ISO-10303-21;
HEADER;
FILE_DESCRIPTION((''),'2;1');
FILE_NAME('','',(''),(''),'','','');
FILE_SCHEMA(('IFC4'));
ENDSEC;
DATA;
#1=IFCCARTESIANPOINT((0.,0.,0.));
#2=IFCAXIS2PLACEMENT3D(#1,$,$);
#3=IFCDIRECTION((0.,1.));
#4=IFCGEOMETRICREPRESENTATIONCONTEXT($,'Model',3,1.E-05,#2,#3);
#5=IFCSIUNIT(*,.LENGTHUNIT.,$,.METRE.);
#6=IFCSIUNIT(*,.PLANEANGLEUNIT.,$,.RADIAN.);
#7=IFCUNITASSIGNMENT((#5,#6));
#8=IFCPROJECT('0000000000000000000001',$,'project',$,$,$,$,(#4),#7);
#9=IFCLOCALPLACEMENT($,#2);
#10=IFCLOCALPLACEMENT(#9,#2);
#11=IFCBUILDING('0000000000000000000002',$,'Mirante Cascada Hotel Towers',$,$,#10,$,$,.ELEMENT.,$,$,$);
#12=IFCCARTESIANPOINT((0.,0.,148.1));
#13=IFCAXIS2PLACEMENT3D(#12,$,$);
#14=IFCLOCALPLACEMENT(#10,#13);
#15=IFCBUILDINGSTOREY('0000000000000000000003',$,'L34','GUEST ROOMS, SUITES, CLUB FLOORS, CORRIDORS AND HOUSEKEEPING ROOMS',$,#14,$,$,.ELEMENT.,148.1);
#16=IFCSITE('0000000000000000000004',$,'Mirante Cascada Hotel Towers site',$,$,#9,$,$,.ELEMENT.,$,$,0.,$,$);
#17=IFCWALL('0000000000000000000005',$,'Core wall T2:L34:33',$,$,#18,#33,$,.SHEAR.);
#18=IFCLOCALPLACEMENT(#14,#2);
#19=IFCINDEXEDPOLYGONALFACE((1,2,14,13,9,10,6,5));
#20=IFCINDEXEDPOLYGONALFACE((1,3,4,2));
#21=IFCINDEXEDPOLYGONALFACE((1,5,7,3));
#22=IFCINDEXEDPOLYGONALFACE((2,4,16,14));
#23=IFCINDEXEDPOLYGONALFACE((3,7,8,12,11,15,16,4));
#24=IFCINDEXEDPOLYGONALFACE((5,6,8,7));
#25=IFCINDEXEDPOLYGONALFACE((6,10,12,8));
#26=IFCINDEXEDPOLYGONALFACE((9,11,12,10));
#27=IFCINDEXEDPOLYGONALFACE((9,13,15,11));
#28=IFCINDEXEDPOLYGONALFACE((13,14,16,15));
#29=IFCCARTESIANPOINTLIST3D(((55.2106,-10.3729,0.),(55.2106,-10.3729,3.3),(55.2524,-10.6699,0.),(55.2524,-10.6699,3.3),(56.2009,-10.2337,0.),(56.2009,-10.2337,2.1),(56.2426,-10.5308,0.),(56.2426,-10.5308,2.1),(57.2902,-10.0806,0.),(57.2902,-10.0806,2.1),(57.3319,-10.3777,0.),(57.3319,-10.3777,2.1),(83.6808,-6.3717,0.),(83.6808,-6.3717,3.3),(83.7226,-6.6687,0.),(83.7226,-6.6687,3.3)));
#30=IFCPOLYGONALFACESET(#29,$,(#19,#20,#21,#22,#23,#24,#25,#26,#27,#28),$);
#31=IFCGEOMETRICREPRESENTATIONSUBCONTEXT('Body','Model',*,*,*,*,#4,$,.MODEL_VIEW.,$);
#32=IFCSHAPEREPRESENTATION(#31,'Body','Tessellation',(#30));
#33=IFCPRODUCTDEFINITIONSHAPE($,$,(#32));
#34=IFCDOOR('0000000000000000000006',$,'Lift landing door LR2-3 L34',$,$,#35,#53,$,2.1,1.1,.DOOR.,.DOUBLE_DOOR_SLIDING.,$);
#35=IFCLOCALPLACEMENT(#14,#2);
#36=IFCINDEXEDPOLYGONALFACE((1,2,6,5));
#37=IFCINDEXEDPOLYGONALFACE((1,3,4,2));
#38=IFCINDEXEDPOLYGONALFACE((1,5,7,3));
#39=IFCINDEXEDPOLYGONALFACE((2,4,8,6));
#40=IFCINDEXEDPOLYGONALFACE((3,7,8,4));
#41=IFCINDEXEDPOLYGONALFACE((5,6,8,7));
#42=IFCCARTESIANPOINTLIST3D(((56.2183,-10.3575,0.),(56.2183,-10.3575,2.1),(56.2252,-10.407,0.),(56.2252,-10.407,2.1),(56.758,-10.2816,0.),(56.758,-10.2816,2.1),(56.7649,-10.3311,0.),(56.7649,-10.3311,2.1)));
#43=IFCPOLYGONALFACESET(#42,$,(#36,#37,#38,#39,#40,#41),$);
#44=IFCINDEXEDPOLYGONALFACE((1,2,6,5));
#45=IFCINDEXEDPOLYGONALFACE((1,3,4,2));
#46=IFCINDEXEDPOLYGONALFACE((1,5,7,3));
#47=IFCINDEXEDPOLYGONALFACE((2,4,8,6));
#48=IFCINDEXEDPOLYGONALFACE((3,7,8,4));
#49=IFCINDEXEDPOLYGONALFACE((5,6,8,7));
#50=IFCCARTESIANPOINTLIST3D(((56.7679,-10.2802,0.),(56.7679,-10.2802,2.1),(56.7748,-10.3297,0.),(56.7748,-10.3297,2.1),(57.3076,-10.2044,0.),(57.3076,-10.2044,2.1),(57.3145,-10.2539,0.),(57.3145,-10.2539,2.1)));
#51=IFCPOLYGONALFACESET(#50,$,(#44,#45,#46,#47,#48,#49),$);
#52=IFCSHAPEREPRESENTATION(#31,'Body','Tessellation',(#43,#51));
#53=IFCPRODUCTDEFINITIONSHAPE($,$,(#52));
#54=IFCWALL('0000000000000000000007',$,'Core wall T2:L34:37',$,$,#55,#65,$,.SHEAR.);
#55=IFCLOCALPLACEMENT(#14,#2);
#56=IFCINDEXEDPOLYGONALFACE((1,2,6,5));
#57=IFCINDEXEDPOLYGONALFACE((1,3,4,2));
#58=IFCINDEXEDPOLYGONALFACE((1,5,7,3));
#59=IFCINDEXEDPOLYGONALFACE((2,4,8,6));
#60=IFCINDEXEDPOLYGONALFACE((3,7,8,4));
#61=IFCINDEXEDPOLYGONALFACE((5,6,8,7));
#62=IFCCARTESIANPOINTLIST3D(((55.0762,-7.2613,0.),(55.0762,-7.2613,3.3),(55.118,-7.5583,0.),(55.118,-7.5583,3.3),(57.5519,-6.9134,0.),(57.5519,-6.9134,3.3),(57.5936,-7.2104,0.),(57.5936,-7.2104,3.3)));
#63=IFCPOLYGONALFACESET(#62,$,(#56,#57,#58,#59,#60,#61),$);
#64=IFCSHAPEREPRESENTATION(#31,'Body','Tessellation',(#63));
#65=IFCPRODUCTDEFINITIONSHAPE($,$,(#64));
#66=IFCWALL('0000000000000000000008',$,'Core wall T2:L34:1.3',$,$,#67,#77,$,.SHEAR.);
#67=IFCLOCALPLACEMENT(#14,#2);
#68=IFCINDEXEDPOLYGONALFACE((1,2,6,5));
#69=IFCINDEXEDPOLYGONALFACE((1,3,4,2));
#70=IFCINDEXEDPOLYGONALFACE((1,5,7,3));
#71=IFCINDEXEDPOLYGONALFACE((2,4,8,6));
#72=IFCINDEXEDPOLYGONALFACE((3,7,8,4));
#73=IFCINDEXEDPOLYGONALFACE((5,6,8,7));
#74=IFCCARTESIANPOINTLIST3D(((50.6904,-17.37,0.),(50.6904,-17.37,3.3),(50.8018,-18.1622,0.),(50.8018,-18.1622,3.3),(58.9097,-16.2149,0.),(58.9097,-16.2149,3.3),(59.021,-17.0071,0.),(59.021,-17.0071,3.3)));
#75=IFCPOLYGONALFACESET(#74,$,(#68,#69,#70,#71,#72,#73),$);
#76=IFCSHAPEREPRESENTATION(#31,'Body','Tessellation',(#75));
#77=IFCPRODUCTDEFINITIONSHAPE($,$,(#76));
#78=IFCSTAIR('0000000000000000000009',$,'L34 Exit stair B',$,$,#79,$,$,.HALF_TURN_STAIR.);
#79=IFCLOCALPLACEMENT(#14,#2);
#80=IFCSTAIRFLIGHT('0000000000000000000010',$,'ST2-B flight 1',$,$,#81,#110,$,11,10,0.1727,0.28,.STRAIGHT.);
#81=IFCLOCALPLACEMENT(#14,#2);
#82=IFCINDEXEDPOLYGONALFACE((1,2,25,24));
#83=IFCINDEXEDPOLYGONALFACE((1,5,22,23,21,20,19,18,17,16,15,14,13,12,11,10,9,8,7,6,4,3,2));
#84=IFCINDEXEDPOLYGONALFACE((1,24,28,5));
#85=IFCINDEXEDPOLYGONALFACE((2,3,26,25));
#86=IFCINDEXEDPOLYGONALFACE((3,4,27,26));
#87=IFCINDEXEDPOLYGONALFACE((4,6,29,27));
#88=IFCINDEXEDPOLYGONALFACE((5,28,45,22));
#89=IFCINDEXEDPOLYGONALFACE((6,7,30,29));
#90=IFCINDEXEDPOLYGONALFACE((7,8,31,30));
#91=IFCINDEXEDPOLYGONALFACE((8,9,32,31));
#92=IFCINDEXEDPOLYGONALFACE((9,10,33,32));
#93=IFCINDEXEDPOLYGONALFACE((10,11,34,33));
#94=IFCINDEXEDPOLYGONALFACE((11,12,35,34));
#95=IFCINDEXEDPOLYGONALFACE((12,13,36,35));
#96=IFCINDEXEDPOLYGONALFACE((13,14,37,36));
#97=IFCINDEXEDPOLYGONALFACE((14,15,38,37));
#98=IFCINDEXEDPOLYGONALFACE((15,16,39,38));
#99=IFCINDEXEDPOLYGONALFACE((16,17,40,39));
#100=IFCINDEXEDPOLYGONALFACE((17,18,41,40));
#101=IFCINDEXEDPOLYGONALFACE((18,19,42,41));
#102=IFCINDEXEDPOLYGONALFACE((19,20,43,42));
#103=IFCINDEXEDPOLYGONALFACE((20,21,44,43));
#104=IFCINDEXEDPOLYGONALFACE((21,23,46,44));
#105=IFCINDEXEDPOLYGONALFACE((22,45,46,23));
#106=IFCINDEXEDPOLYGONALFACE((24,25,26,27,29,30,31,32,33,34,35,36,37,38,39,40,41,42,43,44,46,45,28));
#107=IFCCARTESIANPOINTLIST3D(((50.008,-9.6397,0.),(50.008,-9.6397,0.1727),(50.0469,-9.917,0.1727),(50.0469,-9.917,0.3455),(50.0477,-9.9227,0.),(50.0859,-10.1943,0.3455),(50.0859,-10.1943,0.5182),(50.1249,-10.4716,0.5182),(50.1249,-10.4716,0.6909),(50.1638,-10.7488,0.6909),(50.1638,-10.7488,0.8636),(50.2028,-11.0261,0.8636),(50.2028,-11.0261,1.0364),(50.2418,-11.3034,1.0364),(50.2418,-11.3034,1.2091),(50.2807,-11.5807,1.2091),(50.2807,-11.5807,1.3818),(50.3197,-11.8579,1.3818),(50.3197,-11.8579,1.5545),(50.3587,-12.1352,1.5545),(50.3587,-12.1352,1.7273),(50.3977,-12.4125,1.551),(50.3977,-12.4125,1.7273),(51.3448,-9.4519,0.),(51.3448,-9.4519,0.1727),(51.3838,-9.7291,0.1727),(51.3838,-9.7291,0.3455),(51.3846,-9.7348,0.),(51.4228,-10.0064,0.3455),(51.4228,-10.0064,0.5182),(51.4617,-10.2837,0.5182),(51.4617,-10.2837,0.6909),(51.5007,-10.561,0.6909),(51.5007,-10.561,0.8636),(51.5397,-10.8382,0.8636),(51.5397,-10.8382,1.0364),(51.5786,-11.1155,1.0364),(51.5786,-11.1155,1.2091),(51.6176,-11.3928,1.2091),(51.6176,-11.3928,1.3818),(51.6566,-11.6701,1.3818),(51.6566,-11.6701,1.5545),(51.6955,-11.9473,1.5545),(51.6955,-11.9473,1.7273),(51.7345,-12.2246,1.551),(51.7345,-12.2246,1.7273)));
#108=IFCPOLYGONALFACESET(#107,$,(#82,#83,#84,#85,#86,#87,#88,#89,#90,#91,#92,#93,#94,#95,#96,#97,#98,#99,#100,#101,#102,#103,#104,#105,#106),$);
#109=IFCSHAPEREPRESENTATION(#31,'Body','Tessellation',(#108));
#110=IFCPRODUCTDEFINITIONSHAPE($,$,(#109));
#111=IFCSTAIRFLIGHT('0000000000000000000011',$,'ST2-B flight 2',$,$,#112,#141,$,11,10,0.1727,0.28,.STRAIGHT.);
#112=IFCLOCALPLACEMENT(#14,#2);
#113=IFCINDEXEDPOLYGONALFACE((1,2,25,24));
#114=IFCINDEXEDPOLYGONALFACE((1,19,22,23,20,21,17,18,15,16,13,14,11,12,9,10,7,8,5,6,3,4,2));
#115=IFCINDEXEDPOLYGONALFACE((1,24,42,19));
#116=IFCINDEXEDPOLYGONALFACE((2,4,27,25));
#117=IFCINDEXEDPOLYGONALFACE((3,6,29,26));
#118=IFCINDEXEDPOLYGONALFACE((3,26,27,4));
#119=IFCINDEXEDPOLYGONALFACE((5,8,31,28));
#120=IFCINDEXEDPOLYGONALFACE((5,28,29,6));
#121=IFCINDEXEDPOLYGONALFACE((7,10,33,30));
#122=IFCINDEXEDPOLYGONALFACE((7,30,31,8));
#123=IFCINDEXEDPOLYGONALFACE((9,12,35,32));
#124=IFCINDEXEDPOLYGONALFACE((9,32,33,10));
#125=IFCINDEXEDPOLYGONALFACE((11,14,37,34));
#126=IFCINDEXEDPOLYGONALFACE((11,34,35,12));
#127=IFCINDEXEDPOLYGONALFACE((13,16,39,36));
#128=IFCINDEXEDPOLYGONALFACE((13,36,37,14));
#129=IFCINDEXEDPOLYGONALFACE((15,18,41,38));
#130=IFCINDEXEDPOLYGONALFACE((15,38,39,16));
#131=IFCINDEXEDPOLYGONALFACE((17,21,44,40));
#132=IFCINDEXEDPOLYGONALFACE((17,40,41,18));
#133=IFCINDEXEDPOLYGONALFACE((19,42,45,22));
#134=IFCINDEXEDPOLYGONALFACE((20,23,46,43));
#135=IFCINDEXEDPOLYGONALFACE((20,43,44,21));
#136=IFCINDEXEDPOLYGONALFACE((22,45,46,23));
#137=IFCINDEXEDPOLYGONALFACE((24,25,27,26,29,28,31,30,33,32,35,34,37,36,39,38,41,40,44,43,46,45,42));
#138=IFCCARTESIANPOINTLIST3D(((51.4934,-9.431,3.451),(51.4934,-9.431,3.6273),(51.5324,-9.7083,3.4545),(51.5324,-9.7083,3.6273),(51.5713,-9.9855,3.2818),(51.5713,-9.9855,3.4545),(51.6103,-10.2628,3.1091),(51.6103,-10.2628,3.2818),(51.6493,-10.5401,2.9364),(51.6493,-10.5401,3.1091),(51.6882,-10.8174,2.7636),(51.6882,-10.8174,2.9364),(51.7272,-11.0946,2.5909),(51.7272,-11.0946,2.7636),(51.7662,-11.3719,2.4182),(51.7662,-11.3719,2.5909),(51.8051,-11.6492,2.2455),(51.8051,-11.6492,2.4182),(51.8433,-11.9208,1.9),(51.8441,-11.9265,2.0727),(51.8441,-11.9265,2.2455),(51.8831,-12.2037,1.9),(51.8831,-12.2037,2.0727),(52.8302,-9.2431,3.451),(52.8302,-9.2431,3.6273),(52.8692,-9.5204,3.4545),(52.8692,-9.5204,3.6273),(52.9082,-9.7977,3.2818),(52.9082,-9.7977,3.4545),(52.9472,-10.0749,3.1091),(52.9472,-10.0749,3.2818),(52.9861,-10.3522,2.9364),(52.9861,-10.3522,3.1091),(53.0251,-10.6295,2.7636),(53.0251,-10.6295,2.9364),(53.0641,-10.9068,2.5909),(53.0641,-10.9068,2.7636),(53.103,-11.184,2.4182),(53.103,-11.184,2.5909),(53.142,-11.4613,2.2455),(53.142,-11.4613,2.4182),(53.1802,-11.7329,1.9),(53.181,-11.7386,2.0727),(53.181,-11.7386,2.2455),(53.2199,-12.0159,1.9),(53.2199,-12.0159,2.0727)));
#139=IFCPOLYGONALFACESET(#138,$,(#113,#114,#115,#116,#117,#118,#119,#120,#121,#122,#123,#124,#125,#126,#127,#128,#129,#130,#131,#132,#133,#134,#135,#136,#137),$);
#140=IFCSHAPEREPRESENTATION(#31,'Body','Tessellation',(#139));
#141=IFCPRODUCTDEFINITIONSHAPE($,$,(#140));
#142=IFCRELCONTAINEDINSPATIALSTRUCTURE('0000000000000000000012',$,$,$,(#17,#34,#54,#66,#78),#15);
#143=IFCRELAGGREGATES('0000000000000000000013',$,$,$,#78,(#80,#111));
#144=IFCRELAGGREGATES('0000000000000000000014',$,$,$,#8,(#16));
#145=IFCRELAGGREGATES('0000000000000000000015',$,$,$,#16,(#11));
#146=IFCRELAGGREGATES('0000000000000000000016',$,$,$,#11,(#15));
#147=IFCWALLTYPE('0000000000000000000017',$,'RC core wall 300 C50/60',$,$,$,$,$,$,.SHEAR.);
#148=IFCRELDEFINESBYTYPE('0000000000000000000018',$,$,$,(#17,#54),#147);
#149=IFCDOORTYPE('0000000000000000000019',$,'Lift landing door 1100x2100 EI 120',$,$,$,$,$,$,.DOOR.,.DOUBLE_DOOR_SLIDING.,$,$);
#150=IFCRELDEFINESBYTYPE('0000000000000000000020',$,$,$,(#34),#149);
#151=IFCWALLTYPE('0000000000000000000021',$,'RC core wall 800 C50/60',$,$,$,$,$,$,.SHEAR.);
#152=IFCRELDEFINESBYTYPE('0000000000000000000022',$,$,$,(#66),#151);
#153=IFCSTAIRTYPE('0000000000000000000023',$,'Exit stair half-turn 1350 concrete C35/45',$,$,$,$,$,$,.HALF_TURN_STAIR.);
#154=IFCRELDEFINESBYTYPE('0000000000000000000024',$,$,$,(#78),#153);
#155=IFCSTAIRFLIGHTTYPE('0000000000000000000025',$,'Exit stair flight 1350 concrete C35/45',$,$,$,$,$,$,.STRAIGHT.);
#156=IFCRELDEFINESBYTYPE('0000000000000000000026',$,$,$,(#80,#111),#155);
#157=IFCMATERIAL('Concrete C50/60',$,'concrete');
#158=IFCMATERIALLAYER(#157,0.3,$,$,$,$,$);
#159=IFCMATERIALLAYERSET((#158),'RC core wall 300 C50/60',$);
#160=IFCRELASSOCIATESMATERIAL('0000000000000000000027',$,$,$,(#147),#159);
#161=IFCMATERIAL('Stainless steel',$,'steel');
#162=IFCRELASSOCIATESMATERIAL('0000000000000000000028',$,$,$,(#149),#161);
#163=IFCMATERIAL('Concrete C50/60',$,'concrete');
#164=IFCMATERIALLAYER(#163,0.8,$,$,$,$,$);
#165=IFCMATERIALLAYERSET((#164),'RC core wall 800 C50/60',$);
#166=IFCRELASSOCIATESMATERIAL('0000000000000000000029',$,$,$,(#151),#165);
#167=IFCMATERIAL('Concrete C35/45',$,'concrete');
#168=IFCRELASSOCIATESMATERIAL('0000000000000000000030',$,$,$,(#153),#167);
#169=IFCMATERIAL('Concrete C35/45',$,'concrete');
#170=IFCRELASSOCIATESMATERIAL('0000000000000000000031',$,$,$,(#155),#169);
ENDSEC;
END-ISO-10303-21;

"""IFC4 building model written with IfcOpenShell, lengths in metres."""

from ifc_helpers import new_model, si_unit, direction, frame, frame_2d, origin, place, context, subcontext, project, spatial, polyline, rectangle, outline, extrude, material, layer, layer_set, type_object, element, fill, aggregate, save


model = new_model("IFC4")

# Units and contexts
model_context = context("Model", 3, precision=1e-05, world=origin(), true_north=direction((0.0, 1.0)))
body_context = subcontext(model_context, "Body", "Model", "MODEL_VIEW")
ifc_project = project(units=[si_unit("LENGTHUNIT", "METRE"), si_unit("PLANEANGLEUNIT", "RADIAN")], contexts=[model_context])

# Site, building, storey
site_placement = place(None, origin())
site = spatial("IfcSite", under=ifc_project, at=site_placement, Name="Mirante Cascada Hotel Towers site", CompositionType="ELEMENT", RefElevation=0.0)
building_placement = place(site_placement, origin())
building = spatial("IfcBuilding", under=site, at=building_placement, Name="Mirante Cascada Hotel Towers", CompositionType="ELEMENT")
storey_placement = place(building_placement, frame((0.0, 0.0, 148.1)))
storey = spatial("IfcBuildingStorey", under=building, at=storey_placement, Name="L34", Description="GUEST ROOMS, SUITES, CLUB FLOORS, CORRIDORS AND HOUSEKEEPING ROOMS", CompositionType="ELEMENT", Elevation=148.1)

# Shared definitions
ifc_material_1 = material(Name="Concrete C50/60", Category="concrete")
ifc_layer_1 = layer(ifc_material_1, 0.3)
ifc_layer_set_1 = layer_set([ifc_layer_1], Name="RC core wall 300 C50/60")
wall_type_1 = type_object("IfcWallType", Name="RC core wall 300 C50/60", PredefinedType="SHEAR", material=ifc_layer_set_1)

# Shared definitions
ifc_material_2 = material(Name="Stainless steel", Category="steel")
door_type_1 = type_object("IfcDoorType", Name="Lift landing door 1100x2100 EI 120", OperationType="DOUBLE_DOOR_SLIDING", PredefinedType="DOOR", material=ifc_material_2)

# Wall, opening, door
wall_1_placement = place(storey_placement, frame((55.2315, -10.5214, 0.0), z_axis=(0.0, 0.0, 1.0), x_axis=(0.990268, 0.139172, 0.0)))
wall_1 = element("IfcWall", 1, at=wall_1_placement, inside=storey, type_object=wall_type_1, Name="Core wall T2:L34:33", PredefinedType="SHEAR", context=body_context, shape_type="SweptSolid", body=[
    extrude(rectangle(XDim=28.75, YDim=0.3, at=frame_2d((14.375, 0.0))), origin(), (0.0, 0.0, 1.0), 3.3),
])
opening_1_placement = place(wall_1_placement, frame((1.0, 0.0, 0.0)))
opening_1 = element("IfcOpeningElement", 2, at=opening_1_placement, cuts=wall_1, PredefinedType="OPENING", context=body_context, shape_type="SweptSolid", body=[
    extrude(rectangle(XDim=1.1, YDim=2.1, at=frame_2d((0.55, 1.05))), frame((0.0, 0.15, 0.0), z_axis=(0.0, -1.0, 0.0), x_axis=(1.0, 0.0, 0.0)), (0.0, 0.0, 1.0), 0.3),
])
door_1_placement = place(opening_1_placement, origin())
door_1 = element("IfcDoor", 3, at=door_1_placement, inside=storey, type_object=door_type_1, Name="Lift landing door LR2-3 L34", OperationType="DOUBLE_DOOR_SLIDING", OverallHeight=2.1, OverallWidth=1.1, PredefinedType="DOOR", context=body_context, shape_type="SweptSolid", body=[
    extrude(rectangle(XDim=0.545, YDim=2.1, at=frame_2d((0.2725, 1.05))), frame((0.0, 0.025, 0.0), z_axis=(0.0, -1.0, 0.0), x_axis=(1.0, 0.0, 0.0)), (0.0, 0.0, 1.0), 0.05),
    extrude(rectangle(XDim=0.545, YDim=2.1, at=frame_2d((0.8275, 1.05))), frame((0.0, 0.025, 0.0), z_axis=(0.0, -1.0, 0.0), x_axis=(1.0, 0.0, 0.0)), (0.0, 0.0, 1.0), 0.05),
])
fill(opening_1, door_1)

# Walls
wall_2_placement = place(storey_placement, frame((55.0971, -7.4098, 0.0), z_axis=(0.0, 0.0, 1.0), x_axis=(0.99027, 0.139159, 0.0)))
element("IfcWall", 4, at=wall_2_placement, inside=storey, type_object=wall_type_1, Name="Core wall T2:L34:37", PredefinedType="SHEAR", context=body_context, shape_type="SweptSolid", body=[
    extrude(rectangle(XDim=2.5, YDim=0.3, at=frame_2d((1.25, 0.0))), origin(), (0.0, 0.0, 1.0), 3.3),
])
ifc_material_3 = material(Name="Concrete C50/60", Category="concrete")
ifc_layer_2 = layer(ifc_material_3, 0.8)
ifc_layer_set_2 = layer_set([ifc_layer_2], Name="RC core wall 800 C50/60")
wall_type_2 = type_object("IfcWallType", Name="RC core wall 800 C50/60", PredefinedType="SHEAR", material=ifc_layer_set_2)
wall_3_placement = place(storey_placement, frame((50.7461, -17.7661, 0.0), z_axis=(0.0, 0.0, 1.0), x_axis=(0.990269, 0.139169, 0.0)))
element("IfcWall", 5, at=wall_3_placement, inside=storey, type_object=wall_type_2, Name="Core wall T2:L34:1.3", PredefinedType="SHEAR", context=body_context, shape_type="SweptSolid", body=[
    extrude(rectangle(XDim=8.3, YDim=0.8, at=frame_2d((4.15, 0.0))), origin(), (0.0, 0.0, 1.0), 3.3),
])

# Stair, stair flights
ifc_material_4 = material(Name="Concrete C35/45", Category="concrete")
stair_type = type_object("IfcStairType", Name="Exit stair half-turn 1350 concrete C35/45", PredefinedType="HALF_TURN_STAIR", material=ifc_material_4)
stair_placement = place(storey_placement, origin())
stair = element("IfcStair", 6, at=stair_placement, inside=storey, type_object=stair_type, Name="L34 Exit stair B", PredefinedType="HALF_TURN_STAIR")
ifc_material_5 = material(Name="Concrete C35/45", Category="concrete")
stair_flight_type = type_object("IfcStairFlightType", Name="Exit stair flight 1350 concrete C35/45", PredefinedType="STRAIGHT", material=ifc_material_5)
stair_flight_1_placement = place(storey_placement, frame((50.6764, -9.5458, 0.0), z_axis=(0.0, 0.0, 1.0), x_axis=(0.139173, -0.990268, 0.0)))
stair_flight_1 = element("IfcStairFlight", 7, at=stair_flight_1_placement, type_object=stair_flight_type, Name="ST2-B flight 1", NumberOfRisers=11, NumberOfTreads=10, PredefinedType="STRAIGHT", RiserHeight=0.1727, TreadLength=0.28, context=body_context, shape_type="SweptSolid", body=[
    extrude(outline(polyline([(0.0, 0.0), (0.0, 0.1727), (0.28, 0.1727), (0.28, 0.3455), (0.56, 0.3455), (0.56, 0.5182), (0.84, 0.5182), (0.84, 0.6909), (1.12, 0.6909), (1.12, 0.8636), (1.4, 0.8636), (1.4, 1.0364), (1.68, 1.0364), (1.68, 1.2091), (1.96, 1.2091), (1.96, 1.3818), (2.24, 1.3818), (2.24, 1.5545), (2.52, 1.5545), (2.52, 1.7273), (2.8, 1.7273), (2.8, 1.9), (2.8, 1.551), (0.2857, 0.0), (0.0, 0.0)])), frame((0.0, 0.675, 0.0), z_axis=(0.0, -1.0, 0.0), x_axis=(1.0, 0.0, 0.0)), (0.0, 0.0, 1.0), 1.35),
])
stair_flight_2_placement = place(storey_placement, frame((52.5515, -12.1098, 1.9), z_axis=(0.0, 0.0, 1.0), x_axis=(-0.139173, 0.990268, 0.0)))
stair_flight_2 = element("IfcStairFlight", 8, at=stair_flight_2_placement, type_object=stair_flight_type, Name="ST2-B flight 2", NumberOfRisers=11, NumberOfTreads=10, PredefinedType="STRAIGHT", RiserHeight=0.1727, TreadLength=0.28, context=body_context, shape_type="SweptSolid", body=[
    extrude(outline(polyline([(0.0, 0.0), (0.0, 0.1727), (0.28, 0.1727), (0.28, 0.3455), (0.56, 0.3455), (0.56, 0.5182), (0.84, 0.5182), (0.84, 0.6909), (1.12, 0.6909), (1.12, 0.8636), (1.4, 0.8636), (1.4, 1.0364), (1.68, 1.0364), (1.68, 1.2091), (1.96, 1.2091), (1.96, 1.3818), (2.24, 1.3818), (2.24, 1.5545), (2.52, 1.5545), (2.52, 1.7273), (2.8, 1.7273), (2.8, 1.9), (2.8, 1.551), (0.2857, 0.0), (0.0, 0.0)])), frame((0.0, 0.675, 0.0), z_axis=(0.0, -1.0, 0.0), x_axis=(1.0, 0.0, 0.0)), (0.0, 0.0, 1.0), 1.35),
])
aggregate(stair, [stair_flight_1, stair_flight_2])

save(model, "model.ifc")
